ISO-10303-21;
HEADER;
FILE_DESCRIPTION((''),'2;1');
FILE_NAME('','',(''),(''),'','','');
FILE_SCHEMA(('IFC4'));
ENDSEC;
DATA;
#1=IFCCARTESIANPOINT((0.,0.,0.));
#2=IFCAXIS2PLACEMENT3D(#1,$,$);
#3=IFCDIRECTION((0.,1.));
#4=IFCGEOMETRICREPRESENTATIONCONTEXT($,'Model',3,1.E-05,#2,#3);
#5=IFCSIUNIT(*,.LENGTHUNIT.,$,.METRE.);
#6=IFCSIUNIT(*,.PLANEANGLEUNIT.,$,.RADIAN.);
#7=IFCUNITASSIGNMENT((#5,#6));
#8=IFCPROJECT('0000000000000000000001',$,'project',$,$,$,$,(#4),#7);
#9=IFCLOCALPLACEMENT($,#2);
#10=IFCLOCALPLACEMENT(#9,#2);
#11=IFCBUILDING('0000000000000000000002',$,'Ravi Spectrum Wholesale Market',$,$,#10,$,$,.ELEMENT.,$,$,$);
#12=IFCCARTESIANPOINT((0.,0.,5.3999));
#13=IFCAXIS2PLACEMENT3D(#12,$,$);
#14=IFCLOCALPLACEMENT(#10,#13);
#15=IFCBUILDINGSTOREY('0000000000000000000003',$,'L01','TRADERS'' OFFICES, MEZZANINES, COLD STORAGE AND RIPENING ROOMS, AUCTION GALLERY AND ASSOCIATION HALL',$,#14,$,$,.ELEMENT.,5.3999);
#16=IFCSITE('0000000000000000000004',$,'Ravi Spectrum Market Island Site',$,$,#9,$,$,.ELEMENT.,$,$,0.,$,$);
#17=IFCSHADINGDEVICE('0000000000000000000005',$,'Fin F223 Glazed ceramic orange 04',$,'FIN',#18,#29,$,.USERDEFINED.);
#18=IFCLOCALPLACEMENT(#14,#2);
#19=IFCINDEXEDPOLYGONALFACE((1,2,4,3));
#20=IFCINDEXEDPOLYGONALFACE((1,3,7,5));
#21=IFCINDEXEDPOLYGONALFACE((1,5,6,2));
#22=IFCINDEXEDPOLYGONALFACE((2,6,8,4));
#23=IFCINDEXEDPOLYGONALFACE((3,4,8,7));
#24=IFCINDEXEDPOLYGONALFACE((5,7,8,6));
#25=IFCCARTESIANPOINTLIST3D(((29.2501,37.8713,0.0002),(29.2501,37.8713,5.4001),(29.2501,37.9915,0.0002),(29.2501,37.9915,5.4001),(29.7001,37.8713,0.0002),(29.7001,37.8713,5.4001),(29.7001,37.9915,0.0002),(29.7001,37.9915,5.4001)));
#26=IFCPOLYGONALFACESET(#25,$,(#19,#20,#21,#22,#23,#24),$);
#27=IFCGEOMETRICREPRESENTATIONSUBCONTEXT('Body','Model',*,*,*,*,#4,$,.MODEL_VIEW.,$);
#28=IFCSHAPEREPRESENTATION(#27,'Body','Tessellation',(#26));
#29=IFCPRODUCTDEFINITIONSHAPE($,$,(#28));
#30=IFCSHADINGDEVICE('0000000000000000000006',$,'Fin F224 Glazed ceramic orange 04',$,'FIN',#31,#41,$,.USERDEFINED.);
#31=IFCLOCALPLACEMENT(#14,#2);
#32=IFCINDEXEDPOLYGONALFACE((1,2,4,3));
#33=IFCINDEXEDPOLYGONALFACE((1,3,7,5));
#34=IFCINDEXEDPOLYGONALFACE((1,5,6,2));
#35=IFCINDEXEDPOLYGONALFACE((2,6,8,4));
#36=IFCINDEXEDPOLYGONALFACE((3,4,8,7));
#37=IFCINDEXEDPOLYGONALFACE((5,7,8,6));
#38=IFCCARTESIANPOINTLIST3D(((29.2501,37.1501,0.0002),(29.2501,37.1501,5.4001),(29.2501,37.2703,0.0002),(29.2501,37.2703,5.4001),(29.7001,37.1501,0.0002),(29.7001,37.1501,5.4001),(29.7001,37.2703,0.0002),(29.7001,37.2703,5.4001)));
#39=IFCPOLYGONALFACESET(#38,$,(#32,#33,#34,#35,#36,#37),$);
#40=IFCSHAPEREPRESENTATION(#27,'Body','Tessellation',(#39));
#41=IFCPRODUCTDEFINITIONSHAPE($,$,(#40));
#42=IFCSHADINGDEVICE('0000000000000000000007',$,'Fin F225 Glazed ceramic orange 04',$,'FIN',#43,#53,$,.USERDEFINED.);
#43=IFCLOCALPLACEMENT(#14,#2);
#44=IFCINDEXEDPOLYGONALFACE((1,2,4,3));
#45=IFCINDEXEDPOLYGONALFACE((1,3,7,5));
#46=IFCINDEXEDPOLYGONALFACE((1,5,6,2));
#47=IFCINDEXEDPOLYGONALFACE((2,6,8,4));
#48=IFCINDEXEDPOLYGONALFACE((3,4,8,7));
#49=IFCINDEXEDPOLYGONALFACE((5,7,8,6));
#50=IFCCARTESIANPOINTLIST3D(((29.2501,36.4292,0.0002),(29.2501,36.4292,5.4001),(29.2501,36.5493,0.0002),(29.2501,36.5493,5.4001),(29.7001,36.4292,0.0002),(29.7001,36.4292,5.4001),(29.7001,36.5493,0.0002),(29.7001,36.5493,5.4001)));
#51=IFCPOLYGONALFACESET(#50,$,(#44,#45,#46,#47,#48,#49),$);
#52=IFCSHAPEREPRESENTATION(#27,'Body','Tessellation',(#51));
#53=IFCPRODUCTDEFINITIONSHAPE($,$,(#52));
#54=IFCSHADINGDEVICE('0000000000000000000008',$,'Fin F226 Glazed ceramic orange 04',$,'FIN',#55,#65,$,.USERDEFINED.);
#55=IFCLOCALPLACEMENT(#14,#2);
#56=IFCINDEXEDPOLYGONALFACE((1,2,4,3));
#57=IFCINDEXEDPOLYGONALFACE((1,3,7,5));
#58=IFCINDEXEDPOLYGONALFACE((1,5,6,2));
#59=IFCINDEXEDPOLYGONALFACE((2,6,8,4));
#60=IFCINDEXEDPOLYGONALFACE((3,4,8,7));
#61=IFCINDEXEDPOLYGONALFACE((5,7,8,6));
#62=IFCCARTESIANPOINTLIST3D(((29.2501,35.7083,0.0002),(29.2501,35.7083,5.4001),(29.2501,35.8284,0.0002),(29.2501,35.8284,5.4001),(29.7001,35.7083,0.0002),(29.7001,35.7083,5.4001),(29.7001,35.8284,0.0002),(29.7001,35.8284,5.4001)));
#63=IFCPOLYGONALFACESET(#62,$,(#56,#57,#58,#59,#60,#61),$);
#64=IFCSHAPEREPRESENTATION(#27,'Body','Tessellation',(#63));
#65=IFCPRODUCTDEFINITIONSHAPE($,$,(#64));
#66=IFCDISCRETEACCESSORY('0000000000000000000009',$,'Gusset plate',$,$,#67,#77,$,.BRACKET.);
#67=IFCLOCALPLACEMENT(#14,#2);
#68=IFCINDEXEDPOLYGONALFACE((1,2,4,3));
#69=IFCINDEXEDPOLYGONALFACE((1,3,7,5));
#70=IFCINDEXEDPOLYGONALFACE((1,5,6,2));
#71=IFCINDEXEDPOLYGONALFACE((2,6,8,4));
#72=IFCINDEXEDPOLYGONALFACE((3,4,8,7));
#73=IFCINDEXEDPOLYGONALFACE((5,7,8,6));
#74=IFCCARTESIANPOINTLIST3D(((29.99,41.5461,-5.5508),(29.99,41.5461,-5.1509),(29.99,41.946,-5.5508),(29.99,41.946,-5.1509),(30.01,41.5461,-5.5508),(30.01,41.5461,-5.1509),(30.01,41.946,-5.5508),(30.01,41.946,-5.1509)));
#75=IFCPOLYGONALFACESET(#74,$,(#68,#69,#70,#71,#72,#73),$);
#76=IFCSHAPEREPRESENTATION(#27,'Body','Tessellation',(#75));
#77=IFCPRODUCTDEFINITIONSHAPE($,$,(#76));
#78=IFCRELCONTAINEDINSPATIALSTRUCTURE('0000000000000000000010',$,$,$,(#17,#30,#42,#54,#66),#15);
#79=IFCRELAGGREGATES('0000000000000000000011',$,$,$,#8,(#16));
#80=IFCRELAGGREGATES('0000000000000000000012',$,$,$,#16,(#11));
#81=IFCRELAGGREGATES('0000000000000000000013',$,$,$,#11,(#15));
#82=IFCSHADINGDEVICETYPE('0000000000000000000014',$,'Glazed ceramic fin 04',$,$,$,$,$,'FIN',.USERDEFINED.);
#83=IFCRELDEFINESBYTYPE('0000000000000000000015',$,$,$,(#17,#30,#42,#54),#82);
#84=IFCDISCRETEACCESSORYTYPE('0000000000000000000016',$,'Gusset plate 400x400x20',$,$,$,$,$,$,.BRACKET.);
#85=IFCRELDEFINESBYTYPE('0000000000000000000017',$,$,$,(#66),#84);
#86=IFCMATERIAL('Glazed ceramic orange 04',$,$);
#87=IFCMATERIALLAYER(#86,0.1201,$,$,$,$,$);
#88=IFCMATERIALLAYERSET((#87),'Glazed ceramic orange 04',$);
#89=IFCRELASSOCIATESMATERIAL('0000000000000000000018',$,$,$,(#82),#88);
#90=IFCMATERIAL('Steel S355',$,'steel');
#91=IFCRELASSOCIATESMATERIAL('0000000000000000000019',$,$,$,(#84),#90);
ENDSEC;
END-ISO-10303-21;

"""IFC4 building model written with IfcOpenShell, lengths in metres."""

from ifc_helpers import new_model, si_unit, direction, frame, origin, origin_2d, place, context, subcontext, project, spatial, rectangle, extrude, material, layer, layer_set, material_profile, profile_set, type_object, element, save


model = new_model("IFC4")

# Units and contexts
model_context = context("Model", 3, precision=1e-05, world=origin(), true_north=direction((0.0, 1.0)))
body_context = subcontext(model_context, "Body", "Model", "MODEL_VIEW")
ifc_project = project(units=[si_unit("LENGTHUNIT", "METRE"), si_unit("PLANEANGLEUNIT", "RADIAN")], contexts=[model_context])

# Site, building, storey
site_placement = place(None, origin())
site = spatial("IfcSite", under=ifc_project, at=site_placement, Name="Ravi Spectrum Market Island Site", CompositionType="ELEMENT", RefElevation=0.0)
building_placement = place(site_placement, origin())
building = spatial("IfcBuilding", under=site, at=building_placement, Name="Ravi Spectrum Wholesale Market", CompositionType="ELEMENT")
storey_placement = place(building_placement, frame((0.0, 0.0, 5.3999)))
storey = spatial("IfcBuildingStorey", under=building, at=storey_placement, Name="L01", Description="TRADERS' OFFICES, MEZZANINES, COLD STORAGE AND RIPENING ROOMS, AUCTION GALLERY AND ASSOCIATION HALL", CompositionType="ELEMENT", Elevation=5.3999)

# Shading devices
ifc_material_1 = material(Name="Glazed ceramic orange 04")
ifc_layer_1 = layer(ifc_material_1, 0.1201)
ifc_layer_set_1 = layer_set([ifc_layer_1], Name="Glazed ceramic orange 04")
shading_device_type = type_object("IfcShadingDeviceType", Name="Glazed ceramic fin 04", ElementType="FIN", PredefinedType="USERDEFINED", material=ifc_layer_set_1)
for number, where, z_axis, x_axis, name in (
    (1, (29.4751, 37.9314, 0.0002), (0.0, 0.0, 1.0), (0.0, -1.0, 0.0), "Fin F223 Glazed ceramic orange 04"),
    (2, (29.4751, 37.2102, 0.0002), (0.0, 0.0, 1.0), (0.0, -1.0, 0.0), "Fin F224 Glazed ceramic orange 04"),
    (3, (29.4751, 36.4893, 0.0002), (0.0, 0.0, 1.0), (0.0, -1.0, 0.0), "Fin F225 Glazed ceramic orange 04"),
    (4, (29.4751, 35.7683, 0.0002), (0.0, 0.0, 1.0), (0.0, -1.0, 0.0), "Fin F226 Glazed ceramic orange 04"),
):
    element("IfcShadingDevice", number, at=place(storey_placement, frame(where, z_axis=z_axis, x_axis=x_axis)), inside=storey, type_object=shading_device_type, Name=name, ObjectType="FIN", PredefinedType="USERDEFINED", context=body_context, shape_type="SweptSolid", body=[
        extrude(rectangle(XDim=0.1201, YDim=0.45, at=origin_2d()), origin(), (0.0, 0.0, 1.0), 5.3999),
    ])

# Discrete accessory
ifc_material_2 = material(Name="Steel S355", Category="steel")
ifc_material_profile_1 = material_profile(ifc_material_2, rectangle(XDim=0.3999, YDim=0.02, at=origin_2d()))
ifc_profile_set_1 = profile_set([ifc_material_profile_1], Name="Steel S355")
discrete_accessory_type = type_object("IfcDiscreteAccessoryType", Name="Gusset plate 400x400x20", PredefinedType="BRACKET", material=ifc_profile_set_1)
discrete_accessory_placement = place(storey_placement, frame((30.0, 41.7461, -5.5508), z_axis=(0.0, 0.0, 1.0), x_axis=(0.0, -1.0, 0.0)))
element("IfcDiscreteAccessory", 5, at=discrete_accessory_placement, inside=storey, type_object=discrete_accessory_type, Name="Gusset plate", PredefinedType="BRACKET", context=body_context, shape_type="SweptSolid", body=[
    extrude(rectangle(XDim=0.3999, YDim=0.02, at=origin_2d()), origin(), (0.0, 0.0, 1.0), 0.3999),
])

save(model, "model.ifc")
